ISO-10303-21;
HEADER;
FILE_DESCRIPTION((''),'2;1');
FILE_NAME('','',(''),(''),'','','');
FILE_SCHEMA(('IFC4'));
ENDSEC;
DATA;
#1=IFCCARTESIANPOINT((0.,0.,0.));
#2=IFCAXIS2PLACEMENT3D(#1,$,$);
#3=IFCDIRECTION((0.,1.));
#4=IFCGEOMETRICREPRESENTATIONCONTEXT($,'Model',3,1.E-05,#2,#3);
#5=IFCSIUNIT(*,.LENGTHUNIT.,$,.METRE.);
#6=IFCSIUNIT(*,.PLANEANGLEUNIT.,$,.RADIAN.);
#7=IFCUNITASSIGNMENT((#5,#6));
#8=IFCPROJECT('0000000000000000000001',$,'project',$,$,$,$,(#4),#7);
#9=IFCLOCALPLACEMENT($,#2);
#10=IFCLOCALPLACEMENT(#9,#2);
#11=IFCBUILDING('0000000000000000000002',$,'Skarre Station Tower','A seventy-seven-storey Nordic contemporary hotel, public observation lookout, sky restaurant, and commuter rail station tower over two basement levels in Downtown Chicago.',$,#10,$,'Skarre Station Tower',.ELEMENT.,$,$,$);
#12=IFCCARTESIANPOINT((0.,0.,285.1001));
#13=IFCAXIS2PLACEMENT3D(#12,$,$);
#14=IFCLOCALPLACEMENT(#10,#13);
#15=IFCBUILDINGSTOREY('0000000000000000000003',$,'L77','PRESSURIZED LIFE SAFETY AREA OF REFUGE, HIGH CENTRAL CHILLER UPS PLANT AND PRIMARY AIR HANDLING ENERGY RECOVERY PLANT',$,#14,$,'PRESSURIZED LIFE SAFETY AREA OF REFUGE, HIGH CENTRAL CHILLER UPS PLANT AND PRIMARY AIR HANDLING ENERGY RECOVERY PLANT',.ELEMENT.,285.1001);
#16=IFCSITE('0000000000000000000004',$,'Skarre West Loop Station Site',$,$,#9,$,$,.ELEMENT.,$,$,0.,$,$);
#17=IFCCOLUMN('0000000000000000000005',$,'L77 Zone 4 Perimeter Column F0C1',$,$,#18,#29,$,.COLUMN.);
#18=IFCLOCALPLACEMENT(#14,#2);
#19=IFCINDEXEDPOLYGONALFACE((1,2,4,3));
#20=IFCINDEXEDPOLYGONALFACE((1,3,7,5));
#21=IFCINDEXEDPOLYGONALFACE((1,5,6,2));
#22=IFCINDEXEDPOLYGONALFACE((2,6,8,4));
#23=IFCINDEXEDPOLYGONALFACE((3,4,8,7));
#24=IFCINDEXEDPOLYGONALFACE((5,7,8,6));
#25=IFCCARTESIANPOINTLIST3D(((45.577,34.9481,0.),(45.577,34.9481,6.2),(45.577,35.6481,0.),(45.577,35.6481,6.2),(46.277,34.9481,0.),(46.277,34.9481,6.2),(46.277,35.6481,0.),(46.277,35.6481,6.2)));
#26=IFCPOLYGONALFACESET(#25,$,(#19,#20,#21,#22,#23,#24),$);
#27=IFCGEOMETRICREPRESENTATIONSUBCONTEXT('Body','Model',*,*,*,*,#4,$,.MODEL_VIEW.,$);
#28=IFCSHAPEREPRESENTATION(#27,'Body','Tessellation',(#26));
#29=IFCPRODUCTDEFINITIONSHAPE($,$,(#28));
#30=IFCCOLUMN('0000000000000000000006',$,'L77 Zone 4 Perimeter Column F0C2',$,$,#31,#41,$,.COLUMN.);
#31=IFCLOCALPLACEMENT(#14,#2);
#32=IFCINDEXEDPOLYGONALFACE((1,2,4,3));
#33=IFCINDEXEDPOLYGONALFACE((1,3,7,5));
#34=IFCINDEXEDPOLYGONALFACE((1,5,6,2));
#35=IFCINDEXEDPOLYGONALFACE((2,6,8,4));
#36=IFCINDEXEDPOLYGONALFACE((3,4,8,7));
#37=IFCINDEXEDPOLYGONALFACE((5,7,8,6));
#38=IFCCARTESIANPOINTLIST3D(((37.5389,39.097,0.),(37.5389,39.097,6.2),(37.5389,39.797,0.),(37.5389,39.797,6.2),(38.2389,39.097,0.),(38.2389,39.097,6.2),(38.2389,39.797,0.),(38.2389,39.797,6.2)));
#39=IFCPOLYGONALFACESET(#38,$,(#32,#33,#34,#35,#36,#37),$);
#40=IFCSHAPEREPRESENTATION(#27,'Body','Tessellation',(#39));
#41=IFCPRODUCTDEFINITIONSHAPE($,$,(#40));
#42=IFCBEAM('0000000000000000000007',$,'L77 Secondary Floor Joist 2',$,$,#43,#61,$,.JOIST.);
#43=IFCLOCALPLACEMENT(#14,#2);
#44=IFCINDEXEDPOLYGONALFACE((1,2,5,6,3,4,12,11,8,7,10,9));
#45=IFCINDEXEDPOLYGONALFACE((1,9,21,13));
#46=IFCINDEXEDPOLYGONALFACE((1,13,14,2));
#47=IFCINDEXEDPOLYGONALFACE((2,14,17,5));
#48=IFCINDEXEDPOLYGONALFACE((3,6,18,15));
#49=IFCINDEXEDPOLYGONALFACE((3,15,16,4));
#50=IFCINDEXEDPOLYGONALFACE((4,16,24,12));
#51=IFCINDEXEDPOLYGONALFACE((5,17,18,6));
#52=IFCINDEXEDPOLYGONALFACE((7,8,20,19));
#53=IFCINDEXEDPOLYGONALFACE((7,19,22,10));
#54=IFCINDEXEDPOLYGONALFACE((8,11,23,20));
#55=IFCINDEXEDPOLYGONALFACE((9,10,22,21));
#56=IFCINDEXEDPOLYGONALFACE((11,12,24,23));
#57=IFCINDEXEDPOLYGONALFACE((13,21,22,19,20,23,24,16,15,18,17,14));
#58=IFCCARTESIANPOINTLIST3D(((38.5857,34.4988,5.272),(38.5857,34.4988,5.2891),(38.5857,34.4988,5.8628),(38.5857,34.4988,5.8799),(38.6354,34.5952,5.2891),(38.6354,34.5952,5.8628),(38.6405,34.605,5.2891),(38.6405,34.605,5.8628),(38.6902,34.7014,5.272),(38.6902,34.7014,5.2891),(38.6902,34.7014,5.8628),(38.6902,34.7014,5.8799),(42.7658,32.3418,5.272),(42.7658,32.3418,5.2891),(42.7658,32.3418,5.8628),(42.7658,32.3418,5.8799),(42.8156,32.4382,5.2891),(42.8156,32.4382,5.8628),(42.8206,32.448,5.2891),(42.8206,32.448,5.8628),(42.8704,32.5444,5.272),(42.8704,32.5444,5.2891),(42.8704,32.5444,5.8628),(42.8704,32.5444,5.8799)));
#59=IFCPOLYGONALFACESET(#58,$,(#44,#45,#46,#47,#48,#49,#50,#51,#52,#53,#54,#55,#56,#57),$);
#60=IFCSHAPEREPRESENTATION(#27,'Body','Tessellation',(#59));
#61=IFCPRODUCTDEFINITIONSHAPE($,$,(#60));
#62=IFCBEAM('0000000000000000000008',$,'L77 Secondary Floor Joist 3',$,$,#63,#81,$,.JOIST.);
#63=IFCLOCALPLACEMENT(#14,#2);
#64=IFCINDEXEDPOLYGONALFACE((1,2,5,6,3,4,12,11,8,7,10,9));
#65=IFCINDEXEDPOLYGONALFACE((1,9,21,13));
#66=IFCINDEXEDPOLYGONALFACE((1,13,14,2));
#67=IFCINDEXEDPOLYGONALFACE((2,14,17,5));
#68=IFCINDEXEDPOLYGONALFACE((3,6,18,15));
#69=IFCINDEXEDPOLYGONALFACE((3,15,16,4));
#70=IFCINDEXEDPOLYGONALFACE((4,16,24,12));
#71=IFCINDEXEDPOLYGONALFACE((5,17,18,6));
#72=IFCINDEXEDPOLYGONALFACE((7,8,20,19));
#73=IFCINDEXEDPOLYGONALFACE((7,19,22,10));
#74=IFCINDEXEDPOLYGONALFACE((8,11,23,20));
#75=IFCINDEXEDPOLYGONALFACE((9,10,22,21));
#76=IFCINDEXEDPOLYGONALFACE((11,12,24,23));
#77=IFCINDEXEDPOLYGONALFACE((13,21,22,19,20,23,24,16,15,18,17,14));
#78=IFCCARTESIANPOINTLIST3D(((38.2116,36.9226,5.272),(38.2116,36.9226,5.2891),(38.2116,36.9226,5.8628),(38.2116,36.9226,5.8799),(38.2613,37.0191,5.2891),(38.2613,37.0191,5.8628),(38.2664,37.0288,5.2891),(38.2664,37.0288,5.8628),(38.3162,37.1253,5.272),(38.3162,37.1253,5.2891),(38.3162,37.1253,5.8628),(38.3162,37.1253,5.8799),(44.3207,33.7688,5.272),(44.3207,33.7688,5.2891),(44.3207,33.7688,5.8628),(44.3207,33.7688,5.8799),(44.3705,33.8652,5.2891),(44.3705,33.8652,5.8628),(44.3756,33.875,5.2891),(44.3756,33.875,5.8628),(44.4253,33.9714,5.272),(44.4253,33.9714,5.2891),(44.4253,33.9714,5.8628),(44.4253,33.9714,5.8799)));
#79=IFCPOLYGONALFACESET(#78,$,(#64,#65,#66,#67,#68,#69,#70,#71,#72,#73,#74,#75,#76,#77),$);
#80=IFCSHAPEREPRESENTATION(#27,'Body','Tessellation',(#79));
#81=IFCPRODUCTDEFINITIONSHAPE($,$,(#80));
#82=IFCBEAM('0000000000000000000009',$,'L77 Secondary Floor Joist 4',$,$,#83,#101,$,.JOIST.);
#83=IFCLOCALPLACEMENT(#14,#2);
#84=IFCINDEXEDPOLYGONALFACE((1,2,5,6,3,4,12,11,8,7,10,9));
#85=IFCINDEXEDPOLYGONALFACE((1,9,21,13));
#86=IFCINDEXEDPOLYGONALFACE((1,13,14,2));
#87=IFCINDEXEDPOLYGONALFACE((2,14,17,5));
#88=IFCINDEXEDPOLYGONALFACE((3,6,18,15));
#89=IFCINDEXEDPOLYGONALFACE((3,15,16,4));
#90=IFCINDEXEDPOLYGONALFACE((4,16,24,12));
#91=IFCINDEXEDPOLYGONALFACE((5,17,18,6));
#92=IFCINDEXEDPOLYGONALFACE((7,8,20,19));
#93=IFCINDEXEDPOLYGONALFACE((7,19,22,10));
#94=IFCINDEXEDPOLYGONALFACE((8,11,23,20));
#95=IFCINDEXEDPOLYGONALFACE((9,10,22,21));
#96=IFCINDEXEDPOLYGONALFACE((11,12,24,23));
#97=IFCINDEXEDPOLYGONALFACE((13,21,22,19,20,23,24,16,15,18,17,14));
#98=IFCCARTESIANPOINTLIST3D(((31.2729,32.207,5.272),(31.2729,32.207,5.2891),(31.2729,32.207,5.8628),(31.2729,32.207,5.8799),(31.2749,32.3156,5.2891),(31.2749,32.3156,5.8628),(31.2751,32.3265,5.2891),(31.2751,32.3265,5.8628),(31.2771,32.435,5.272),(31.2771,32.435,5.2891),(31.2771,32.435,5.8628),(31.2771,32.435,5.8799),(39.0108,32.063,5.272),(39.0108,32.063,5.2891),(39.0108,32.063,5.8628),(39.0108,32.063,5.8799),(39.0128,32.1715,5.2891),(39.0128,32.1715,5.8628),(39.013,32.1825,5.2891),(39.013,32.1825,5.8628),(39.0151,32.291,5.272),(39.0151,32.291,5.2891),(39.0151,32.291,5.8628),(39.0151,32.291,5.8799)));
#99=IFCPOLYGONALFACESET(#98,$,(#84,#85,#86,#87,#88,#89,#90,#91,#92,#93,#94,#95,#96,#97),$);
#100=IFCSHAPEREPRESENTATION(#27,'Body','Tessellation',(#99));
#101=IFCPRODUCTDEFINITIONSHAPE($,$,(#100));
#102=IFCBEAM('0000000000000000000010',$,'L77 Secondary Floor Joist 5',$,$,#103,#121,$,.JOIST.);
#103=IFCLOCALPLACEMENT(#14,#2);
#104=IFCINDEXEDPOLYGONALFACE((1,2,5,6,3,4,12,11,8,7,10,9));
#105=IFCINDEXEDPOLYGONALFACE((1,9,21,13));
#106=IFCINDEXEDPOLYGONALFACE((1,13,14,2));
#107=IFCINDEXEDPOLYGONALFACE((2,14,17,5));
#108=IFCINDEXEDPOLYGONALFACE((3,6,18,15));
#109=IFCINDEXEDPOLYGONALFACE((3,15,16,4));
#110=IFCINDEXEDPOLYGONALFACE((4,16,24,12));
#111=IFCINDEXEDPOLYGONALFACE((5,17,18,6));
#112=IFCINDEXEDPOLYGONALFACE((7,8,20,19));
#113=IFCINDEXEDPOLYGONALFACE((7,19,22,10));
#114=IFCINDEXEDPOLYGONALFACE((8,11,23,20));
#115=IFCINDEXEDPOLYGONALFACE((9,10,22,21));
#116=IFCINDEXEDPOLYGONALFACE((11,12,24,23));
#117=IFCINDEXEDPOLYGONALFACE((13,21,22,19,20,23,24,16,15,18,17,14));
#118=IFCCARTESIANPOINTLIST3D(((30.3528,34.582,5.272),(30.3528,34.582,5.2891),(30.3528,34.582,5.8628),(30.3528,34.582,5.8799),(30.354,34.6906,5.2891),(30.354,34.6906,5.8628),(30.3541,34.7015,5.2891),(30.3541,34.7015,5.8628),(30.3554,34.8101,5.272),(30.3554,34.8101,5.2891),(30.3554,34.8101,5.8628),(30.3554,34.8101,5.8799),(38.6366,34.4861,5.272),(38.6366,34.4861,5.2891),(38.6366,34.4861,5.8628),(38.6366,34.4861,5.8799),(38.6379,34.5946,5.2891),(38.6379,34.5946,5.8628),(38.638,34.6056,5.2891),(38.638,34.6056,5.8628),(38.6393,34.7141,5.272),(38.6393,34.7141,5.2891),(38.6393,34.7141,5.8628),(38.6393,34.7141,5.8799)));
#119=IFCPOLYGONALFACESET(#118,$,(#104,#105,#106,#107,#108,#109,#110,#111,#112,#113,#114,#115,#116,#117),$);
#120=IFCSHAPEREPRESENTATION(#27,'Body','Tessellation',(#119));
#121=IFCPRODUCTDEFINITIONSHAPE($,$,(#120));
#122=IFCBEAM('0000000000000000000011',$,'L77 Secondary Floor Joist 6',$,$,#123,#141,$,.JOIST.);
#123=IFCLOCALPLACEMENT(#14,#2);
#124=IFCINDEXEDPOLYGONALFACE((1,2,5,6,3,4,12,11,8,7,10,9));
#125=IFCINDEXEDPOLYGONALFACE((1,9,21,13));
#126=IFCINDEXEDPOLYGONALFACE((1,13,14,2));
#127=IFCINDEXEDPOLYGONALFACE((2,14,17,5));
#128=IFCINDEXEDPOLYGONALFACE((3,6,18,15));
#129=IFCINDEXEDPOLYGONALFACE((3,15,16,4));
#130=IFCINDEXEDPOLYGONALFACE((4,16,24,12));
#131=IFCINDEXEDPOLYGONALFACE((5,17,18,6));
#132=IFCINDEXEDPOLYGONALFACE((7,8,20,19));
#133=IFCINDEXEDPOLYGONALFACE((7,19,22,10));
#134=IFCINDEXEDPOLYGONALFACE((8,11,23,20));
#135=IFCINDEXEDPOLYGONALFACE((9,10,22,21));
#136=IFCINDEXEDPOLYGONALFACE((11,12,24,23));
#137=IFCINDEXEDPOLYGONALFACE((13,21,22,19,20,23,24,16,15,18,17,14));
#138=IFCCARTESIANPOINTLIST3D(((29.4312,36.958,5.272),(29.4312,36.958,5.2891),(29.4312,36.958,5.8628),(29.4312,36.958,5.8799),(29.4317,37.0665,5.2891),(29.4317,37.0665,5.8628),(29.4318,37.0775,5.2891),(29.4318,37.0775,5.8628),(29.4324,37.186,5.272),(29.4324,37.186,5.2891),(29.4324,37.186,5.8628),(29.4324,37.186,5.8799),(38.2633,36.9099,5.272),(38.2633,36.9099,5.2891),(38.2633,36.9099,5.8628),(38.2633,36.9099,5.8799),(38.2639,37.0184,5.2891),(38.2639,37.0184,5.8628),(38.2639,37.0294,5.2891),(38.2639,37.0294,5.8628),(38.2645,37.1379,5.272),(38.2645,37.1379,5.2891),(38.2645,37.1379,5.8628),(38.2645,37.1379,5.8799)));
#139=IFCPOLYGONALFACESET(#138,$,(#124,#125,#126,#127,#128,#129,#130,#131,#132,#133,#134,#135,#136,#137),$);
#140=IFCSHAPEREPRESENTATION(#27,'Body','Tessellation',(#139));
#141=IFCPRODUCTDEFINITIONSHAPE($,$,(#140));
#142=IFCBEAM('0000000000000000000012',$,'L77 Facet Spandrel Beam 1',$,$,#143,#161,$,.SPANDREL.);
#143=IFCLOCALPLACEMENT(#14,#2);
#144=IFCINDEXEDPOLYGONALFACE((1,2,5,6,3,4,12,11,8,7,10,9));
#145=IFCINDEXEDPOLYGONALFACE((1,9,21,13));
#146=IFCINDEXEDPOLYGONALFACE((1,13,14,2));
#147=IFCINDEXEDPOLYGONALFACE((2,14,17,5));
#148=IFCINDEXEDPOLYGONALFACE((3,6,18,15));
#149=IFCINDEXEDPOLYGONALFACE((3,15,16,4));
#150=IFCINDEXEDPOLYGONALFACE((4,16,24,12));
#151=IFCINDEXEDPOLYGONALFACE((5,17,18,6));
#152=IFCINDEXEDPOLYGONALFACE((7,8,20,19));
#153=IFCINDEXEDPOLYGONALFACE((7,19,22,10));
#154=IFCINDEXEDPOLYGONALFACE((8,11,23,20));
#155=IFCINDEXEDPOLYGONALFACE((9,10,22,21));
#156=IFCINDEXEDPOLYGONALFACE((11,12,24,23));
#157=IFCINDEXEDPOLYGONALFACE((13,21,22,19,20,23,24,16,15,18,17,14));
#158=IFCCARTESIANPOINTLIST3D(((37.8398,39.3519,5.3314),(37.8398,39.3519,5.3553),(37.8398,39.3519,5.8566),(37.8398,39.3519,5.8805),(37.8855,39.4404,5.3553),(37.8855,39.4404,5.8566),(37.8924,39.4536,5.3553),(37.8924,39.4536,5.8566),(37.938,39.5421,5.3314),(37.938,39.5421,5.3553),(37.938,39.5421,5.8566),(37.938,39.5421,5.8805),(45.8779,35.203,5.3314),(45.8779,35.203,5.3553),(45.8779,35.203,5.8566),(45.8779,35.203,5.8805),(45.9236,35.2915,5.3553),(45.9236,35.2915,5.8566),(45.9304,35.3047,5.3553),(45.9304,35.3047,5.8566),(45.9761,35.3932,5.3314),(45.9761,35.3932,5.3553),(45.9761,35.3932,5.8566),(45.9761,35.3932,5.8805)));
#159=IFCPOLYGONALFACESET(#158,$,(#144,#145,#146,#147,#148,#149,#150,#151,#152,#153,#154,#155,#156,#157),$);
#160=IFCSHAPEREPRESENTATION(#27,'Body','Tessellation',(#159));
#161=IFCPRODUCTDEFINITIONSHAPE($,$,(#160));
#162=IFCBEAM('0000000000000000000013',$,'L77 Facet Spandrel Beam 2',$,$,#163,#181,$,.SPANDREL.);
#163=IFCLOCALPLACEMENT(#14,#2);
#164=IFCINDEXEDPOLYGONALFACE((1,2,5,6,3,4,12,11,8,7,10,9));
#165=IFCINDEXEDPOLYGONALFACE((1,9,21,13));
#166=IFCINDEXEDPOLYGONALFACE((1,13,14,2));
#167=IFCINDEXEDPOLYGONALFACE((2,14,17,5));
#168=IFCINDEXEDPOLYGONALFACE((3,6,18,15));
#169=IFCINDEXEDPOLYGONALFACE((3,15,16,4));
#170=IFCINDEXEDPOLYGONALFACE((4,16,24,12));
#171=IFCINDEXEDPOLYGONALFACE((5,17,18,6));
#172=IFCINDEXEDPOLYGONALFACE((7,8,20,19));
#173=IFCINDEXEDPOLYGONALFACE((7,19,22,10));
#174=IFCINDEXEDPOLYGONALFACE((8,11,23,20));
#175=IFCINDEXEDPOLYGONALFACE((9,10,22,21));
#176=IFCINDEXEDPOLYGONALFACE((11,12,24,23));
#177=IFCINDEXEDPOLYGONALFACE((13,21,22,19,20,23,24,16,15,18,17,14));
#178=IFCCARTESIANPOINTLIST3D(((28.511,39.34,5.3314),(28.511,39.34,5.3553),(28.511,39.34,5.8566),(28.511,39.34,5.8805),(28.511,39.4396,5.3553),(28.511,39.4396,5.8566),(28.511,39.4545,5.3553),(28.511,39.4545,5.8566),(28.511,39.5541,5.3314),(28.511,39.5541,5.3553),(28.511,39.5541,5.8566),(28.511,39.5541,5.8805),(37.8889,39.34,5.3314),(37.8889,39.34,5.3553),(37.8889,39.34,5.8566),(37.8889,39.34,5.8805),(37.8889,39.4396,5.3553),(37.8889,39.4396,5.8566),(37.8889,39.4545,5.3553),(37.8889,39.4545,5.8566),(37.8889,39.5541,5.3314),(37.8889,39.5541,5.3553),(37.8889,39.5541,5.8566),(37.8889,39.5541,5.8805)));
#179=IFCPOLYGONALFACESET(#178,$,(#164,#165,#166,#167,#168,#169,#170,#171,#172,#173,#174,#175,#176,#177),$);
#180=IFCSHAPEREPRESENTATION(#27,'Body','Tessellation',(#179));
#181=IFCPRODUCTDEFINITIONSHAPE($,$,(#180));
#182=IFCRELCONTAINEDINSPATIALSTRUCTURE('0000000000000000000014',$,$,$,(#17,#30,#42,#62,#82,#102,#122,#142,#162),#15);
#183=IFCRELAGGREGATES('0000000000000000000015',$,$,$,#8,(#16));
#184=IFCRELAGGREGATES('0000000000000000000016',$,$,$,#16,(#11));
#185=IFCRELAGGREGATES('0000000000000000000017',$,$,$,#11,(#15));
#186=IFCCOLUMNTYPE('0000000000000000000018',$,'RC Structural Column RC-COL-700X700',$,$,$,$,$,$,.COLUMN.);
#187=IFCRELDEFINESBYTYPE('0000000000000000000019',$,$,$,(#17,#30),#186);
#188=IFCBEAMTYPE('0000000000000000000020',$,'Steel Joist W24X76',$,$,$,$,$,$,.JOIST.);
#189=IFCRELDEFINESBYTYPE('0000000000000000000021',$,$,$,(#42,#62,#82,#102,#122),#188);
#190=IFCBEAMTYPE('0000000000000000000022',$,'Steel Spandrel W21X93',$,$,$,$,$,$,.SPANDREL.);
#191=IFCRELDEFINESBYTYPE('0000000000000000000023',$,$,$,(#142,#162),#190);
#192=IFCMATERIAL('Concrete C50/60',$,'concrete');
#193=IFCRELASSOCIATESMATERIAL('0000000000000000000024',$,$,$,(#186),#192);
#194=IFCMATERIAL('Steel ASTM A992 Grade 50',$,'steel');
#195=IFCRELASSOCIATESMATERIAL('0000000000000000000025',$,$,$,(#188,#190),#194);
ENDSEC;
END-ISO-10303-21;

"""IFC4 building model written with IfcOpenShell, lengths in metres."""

from ifc_helpers import new_model, si_unit, direction, frame, origin, origin_2d, place, context, subcontext, project, spatial, rectangle, i_section, extrude, material, material_profile, profile_set, type_object, element, save


model = new_model("IFC4")

# Units and contexts
model_context = context("Model", 3, precision=1e-05, world=origin(), true_north=direction((0.0, 1.0)))
body_context = subcontext(model_context, "Body", "Model", "MODEL_VIEW")
ifc_project = project(units=[si_unit("LENGTHUNIT", "METRE"), si_unit("PLANEANGLEUNIT", "RADIAN")], contexts=[model_context])

# Site, building, storey
site_placement = place(None, origin())
site = spatial("IfcSite", under=ifc_project, at=site_placement, Name="Skarre West Loop Station Site", CompositionType="ELEMENT", RefElevation=0.0)
building_placement = place(site_placement, origin())
building = spatial("IfcBuilding", under=site, at=building_placement, Name="Skarre Station Tower", Description="A seventy-seven-storey Nordic contemporary hotel, public observation lookout, sky restaurant, and commuter rail station tower over two basement levels in Downtown Chicago.", LongName="Skarre Station Tower", CompositionType="ELEMENT")
storey_placement = place(building_placement, frame((0.0, 0.0, 285.1001)))
storey = spatial("IfcBuildingStorey", under=building, at=storey_placement, Name="L77", Description="PRESSURIZED LIFE SAFETY AREA OF REFUGE, HIGH CENTRAL CHILLER UPS PLANT AND PRIMARY AIR HANDLING ENERGY RECOVERY PLANT", LongName="PRESSURIZED LIFE SAFETY AREA OF REFUGE, HIGH CENTRAL CHILLER UPS PLANT AND PRIMARY AIR HANDLING ENERGY RECOVERY PLANT", CompositionType="ELEMENT", Elevation=285.1001)

# Columns
ifc_material_1 = material(Name="Concrete C50/60", Category="concrete")
ifc_material_profile_1 = material_profile(ifc_material_1, rectangle(XDim=0.7, YDim=0.7, at=origin_2d()), Name="Concrete C50/60")
ifc_profile_set_1 = profile_set([ifc_material_profile_1], Name="Concrete C50/60")
column_type = type_object("IfcColumnType", Name="RC Structural Column RC-COL-700X700", PredefinedType="COLUMN", material=ifc_profile_set_1)
for number, where, z_axis, x_axis, name in (
    (1, (45.927, 35.2981, 0.0), (0.0, 0.0, 1.0), (1.0, 0.0, 0.0), "L77 Zone 4 Perimeter Column F0C1"),
    (2, (37.8889, 39.447, 0.0), (0.0, 0.0, 1.0), (1.0, 0.0, 0.0), "L77 Zone 4 Perimeter Column F0C2"),
):
    element("IfcColumn", number, at=place(storey_placement, frame(where, z_axis=z_axis, x_axis=x_axis)), inside=storey, type_object=column_type, Name=name, PredefinedType="COLUMN", context=body_context, shape_type="SweptSolid", body=[
        extrude(rectangle(XDim=0.7, YDim=0.7, at=origin_2d()), origin(), (0.0, 0.0, 1.0), 6.2),
    ])

# Beams
ifc_material_2 = material(Name="Steel ASTM A992 Grade 50", Category="steel")
ifc_material_profile_2 = material_profile(ifc_material_2, i_section(OverallWidth=0.228, OverallDepth=0.6079, WebThickness=0.011, FlangeThickness=0.0171, at=origin_2d()), Name="Steel ASTM A992 Grade 50")
ifc_profile_set_2 = profile_set([ifc_material_profile_2], Name="Steel ASTM A992 Grade 50")
beam_type_1 = type_object("IfcBeamType", Name="Steel Joist W24X76", PredefinedType="JOIST", material=ifc_profile_set_2)
beam_1_placement = place(storey_placement, frame((42.8181, 32.4431, 5.5759), z_axis=(-0.888666, 0.458554, 0.0), x_axis=(-0.458554, -0.888666, 0.0)))
element("IfcBeam", 3, at=beam_1_placement, inside=storey, type_object=beam_type_1, Name="L77 Secondary Floor Joist 2", PredefinedType="JOIST", context=body_context, shape_type="SweptSolid", body=[
    extrude(i_section(OverallWidth=0.228, OverallDepth=0.6079, WebThickness=0.011, FlangeThickness=0.0171, at=origin_2d()), origin(), (0.0, 0.0, 1.0), 4.7039),
])
beam_2_placement = place(storey_placement, frame((44.373, 33.8701, 5.5759), z_axis=(-0.888579, 0.458724, 0.0), x_axis=(-0.458724, -0.888579, 0.0)))
element("IfcBeam", 4, at=beam_2_placement, inside=storey, type_object=beam_type_1, Name="L77 Secondary Floor Joist 3", PredefinedType="JOIST", context=body_context, shape_type="SweptSolid", body=[
    extrude(i_section(OverallWidth=0.228, OverallDepth=0.6079, WebThickness=0.011, FlangeThickness=0.0171, at=origin_2d()), origin(), (0.0, 0.0, 1.0), 6.8752),
])
beam_3_placement = place(storey_placement, frame((39.0129, 32.177, 5.5759), z_axis=(-0.999827, 0.018612, 0.0), x_axis=(-0.018612, -0.999827, 0.0)))
element("IfcBeam", 5, at=beam_3_placement, inside=storey, type_object=beam_type_1, Name="L77 Secondary Floor Joist 4", PredefinedType="JOIST", context=body_context, shape_type="SweptSolid", body=[
    extrude(i_section(OverallWidth=0.228, OverallDepth=0.6079, WebThickness=0.011, FlangeThickness=0.0171, at=origin_2d()), origin(), (0.0, 0.0, 1.0), 7.7393),
])
beam_4_placement = place(storey_placement, frame((38.6379, 34.6001, 5.5759), z_axis=(-0.999933, 0.011582, 0.0), x_axis=(-0.011582, -0.999933, 0.0)))
element("IfcBeam", 6, at=beam_4_placement, inside=storey, type_object=beam_type_1, Name="L77 Secondary Floor Joist 5", PredefinedType="JOIST", context=body_context, shape_type="SweptSolid", body=[
    extrude(i_section(OverallWidth=0.228, OverallDepth=0.6079, WebThickness=0.011, FlangeThickness=0.0171, at=origin_2d()), origin(), (0.0, 0.0, 1.0), 8.2844),
])
beam_5_placement = place(storey_placement, frame((38.2639, 37.0239, 5.5759), z_axis=(-0.999985, 0.005446, 0.0), x_axis=(-0.005446, -0.999985, 0.0)))
element("IfcBeam", 7, at=beam_5_placement, inside=storey, type_object=beam_type_1, Name="L77 Secondary Floor Joist 6", PredefinedType="JOIST", context=body_context, shape_type="SweptSolid", body=[
    extrude(i_section(OverallWidth=0.228, OverallDepth=0.6079, WebThickness=0.011, FlangeThickness=0.0171, at=origin_2d()), origin(), (0.0, 0.0, 1.0), 8.8323),
])
ifc_material_profile_3 = material_profile(ifc_material_2, i_section(OverallWidth=0.2141, OverallDepth=0.5491, WebThickness=0.0149, FlangeThickness=0.0239, at=origin_2d()), Name="Steel ASTM A992 Grade 50")
ifc_profile_set_3 = profile_set([ifc_material_profile_3], Name="Steel ASTM A992 Grade 50")
beam_type_2 = type_object("IfcBeamType", Name="Steel Spandrel W21X93", PredefinedType="SPANDREL", material=ifc_profile_set_3)
beam_6_placement = place(storey_placement, frame((45.927, 35.2981, 5.606), z_axis=(-0.88861, 0.458664, 0.0), x_axis=(-0.458664, -0.88861, 0.0)))
element("IfcBeam", 8, at=beam_6_placement, inside=storey, type_object=beam_type_2, Name="L77 Facet Spandrel Beam 1", PredefinedType="SPANDREL", context=body_context, shape_type="SweptSolid", body=[
    extrude(i_section(OverallWidth=0.2141, OverallDepth=0.5491, WebThickness=0.0149, FlangeThickness=0.0239, at=origin_2d()), origin(), (0.0, 0.0, 1.0), 9.0457),
])
beam_7_placement = place(storey_placement, frame((37.8889, 39.447, 5.606), z_axis=(-1.0, 0.0, 0.0), x_axis=(0.0, -1.0, 0.0)))
element("IfcBeam", 9, at=beam_7_placement, inside=storey, type_object=beam_type_2, Name="L77 Facet Spandrel Beam 2", PredefinedType="SPANDREL", context=body_context, shape_type="SweptSolid", body=[
    extrude(i_section(OverallWidth=0.2141, OverallDepth=0.5491, WebThickness=0.0149, FlangeThickness=0.0239, at=origin_2d()), origin(), (0.0, 0.0, 1.0), 9.3779),
])

save(model, "model.ifc")
